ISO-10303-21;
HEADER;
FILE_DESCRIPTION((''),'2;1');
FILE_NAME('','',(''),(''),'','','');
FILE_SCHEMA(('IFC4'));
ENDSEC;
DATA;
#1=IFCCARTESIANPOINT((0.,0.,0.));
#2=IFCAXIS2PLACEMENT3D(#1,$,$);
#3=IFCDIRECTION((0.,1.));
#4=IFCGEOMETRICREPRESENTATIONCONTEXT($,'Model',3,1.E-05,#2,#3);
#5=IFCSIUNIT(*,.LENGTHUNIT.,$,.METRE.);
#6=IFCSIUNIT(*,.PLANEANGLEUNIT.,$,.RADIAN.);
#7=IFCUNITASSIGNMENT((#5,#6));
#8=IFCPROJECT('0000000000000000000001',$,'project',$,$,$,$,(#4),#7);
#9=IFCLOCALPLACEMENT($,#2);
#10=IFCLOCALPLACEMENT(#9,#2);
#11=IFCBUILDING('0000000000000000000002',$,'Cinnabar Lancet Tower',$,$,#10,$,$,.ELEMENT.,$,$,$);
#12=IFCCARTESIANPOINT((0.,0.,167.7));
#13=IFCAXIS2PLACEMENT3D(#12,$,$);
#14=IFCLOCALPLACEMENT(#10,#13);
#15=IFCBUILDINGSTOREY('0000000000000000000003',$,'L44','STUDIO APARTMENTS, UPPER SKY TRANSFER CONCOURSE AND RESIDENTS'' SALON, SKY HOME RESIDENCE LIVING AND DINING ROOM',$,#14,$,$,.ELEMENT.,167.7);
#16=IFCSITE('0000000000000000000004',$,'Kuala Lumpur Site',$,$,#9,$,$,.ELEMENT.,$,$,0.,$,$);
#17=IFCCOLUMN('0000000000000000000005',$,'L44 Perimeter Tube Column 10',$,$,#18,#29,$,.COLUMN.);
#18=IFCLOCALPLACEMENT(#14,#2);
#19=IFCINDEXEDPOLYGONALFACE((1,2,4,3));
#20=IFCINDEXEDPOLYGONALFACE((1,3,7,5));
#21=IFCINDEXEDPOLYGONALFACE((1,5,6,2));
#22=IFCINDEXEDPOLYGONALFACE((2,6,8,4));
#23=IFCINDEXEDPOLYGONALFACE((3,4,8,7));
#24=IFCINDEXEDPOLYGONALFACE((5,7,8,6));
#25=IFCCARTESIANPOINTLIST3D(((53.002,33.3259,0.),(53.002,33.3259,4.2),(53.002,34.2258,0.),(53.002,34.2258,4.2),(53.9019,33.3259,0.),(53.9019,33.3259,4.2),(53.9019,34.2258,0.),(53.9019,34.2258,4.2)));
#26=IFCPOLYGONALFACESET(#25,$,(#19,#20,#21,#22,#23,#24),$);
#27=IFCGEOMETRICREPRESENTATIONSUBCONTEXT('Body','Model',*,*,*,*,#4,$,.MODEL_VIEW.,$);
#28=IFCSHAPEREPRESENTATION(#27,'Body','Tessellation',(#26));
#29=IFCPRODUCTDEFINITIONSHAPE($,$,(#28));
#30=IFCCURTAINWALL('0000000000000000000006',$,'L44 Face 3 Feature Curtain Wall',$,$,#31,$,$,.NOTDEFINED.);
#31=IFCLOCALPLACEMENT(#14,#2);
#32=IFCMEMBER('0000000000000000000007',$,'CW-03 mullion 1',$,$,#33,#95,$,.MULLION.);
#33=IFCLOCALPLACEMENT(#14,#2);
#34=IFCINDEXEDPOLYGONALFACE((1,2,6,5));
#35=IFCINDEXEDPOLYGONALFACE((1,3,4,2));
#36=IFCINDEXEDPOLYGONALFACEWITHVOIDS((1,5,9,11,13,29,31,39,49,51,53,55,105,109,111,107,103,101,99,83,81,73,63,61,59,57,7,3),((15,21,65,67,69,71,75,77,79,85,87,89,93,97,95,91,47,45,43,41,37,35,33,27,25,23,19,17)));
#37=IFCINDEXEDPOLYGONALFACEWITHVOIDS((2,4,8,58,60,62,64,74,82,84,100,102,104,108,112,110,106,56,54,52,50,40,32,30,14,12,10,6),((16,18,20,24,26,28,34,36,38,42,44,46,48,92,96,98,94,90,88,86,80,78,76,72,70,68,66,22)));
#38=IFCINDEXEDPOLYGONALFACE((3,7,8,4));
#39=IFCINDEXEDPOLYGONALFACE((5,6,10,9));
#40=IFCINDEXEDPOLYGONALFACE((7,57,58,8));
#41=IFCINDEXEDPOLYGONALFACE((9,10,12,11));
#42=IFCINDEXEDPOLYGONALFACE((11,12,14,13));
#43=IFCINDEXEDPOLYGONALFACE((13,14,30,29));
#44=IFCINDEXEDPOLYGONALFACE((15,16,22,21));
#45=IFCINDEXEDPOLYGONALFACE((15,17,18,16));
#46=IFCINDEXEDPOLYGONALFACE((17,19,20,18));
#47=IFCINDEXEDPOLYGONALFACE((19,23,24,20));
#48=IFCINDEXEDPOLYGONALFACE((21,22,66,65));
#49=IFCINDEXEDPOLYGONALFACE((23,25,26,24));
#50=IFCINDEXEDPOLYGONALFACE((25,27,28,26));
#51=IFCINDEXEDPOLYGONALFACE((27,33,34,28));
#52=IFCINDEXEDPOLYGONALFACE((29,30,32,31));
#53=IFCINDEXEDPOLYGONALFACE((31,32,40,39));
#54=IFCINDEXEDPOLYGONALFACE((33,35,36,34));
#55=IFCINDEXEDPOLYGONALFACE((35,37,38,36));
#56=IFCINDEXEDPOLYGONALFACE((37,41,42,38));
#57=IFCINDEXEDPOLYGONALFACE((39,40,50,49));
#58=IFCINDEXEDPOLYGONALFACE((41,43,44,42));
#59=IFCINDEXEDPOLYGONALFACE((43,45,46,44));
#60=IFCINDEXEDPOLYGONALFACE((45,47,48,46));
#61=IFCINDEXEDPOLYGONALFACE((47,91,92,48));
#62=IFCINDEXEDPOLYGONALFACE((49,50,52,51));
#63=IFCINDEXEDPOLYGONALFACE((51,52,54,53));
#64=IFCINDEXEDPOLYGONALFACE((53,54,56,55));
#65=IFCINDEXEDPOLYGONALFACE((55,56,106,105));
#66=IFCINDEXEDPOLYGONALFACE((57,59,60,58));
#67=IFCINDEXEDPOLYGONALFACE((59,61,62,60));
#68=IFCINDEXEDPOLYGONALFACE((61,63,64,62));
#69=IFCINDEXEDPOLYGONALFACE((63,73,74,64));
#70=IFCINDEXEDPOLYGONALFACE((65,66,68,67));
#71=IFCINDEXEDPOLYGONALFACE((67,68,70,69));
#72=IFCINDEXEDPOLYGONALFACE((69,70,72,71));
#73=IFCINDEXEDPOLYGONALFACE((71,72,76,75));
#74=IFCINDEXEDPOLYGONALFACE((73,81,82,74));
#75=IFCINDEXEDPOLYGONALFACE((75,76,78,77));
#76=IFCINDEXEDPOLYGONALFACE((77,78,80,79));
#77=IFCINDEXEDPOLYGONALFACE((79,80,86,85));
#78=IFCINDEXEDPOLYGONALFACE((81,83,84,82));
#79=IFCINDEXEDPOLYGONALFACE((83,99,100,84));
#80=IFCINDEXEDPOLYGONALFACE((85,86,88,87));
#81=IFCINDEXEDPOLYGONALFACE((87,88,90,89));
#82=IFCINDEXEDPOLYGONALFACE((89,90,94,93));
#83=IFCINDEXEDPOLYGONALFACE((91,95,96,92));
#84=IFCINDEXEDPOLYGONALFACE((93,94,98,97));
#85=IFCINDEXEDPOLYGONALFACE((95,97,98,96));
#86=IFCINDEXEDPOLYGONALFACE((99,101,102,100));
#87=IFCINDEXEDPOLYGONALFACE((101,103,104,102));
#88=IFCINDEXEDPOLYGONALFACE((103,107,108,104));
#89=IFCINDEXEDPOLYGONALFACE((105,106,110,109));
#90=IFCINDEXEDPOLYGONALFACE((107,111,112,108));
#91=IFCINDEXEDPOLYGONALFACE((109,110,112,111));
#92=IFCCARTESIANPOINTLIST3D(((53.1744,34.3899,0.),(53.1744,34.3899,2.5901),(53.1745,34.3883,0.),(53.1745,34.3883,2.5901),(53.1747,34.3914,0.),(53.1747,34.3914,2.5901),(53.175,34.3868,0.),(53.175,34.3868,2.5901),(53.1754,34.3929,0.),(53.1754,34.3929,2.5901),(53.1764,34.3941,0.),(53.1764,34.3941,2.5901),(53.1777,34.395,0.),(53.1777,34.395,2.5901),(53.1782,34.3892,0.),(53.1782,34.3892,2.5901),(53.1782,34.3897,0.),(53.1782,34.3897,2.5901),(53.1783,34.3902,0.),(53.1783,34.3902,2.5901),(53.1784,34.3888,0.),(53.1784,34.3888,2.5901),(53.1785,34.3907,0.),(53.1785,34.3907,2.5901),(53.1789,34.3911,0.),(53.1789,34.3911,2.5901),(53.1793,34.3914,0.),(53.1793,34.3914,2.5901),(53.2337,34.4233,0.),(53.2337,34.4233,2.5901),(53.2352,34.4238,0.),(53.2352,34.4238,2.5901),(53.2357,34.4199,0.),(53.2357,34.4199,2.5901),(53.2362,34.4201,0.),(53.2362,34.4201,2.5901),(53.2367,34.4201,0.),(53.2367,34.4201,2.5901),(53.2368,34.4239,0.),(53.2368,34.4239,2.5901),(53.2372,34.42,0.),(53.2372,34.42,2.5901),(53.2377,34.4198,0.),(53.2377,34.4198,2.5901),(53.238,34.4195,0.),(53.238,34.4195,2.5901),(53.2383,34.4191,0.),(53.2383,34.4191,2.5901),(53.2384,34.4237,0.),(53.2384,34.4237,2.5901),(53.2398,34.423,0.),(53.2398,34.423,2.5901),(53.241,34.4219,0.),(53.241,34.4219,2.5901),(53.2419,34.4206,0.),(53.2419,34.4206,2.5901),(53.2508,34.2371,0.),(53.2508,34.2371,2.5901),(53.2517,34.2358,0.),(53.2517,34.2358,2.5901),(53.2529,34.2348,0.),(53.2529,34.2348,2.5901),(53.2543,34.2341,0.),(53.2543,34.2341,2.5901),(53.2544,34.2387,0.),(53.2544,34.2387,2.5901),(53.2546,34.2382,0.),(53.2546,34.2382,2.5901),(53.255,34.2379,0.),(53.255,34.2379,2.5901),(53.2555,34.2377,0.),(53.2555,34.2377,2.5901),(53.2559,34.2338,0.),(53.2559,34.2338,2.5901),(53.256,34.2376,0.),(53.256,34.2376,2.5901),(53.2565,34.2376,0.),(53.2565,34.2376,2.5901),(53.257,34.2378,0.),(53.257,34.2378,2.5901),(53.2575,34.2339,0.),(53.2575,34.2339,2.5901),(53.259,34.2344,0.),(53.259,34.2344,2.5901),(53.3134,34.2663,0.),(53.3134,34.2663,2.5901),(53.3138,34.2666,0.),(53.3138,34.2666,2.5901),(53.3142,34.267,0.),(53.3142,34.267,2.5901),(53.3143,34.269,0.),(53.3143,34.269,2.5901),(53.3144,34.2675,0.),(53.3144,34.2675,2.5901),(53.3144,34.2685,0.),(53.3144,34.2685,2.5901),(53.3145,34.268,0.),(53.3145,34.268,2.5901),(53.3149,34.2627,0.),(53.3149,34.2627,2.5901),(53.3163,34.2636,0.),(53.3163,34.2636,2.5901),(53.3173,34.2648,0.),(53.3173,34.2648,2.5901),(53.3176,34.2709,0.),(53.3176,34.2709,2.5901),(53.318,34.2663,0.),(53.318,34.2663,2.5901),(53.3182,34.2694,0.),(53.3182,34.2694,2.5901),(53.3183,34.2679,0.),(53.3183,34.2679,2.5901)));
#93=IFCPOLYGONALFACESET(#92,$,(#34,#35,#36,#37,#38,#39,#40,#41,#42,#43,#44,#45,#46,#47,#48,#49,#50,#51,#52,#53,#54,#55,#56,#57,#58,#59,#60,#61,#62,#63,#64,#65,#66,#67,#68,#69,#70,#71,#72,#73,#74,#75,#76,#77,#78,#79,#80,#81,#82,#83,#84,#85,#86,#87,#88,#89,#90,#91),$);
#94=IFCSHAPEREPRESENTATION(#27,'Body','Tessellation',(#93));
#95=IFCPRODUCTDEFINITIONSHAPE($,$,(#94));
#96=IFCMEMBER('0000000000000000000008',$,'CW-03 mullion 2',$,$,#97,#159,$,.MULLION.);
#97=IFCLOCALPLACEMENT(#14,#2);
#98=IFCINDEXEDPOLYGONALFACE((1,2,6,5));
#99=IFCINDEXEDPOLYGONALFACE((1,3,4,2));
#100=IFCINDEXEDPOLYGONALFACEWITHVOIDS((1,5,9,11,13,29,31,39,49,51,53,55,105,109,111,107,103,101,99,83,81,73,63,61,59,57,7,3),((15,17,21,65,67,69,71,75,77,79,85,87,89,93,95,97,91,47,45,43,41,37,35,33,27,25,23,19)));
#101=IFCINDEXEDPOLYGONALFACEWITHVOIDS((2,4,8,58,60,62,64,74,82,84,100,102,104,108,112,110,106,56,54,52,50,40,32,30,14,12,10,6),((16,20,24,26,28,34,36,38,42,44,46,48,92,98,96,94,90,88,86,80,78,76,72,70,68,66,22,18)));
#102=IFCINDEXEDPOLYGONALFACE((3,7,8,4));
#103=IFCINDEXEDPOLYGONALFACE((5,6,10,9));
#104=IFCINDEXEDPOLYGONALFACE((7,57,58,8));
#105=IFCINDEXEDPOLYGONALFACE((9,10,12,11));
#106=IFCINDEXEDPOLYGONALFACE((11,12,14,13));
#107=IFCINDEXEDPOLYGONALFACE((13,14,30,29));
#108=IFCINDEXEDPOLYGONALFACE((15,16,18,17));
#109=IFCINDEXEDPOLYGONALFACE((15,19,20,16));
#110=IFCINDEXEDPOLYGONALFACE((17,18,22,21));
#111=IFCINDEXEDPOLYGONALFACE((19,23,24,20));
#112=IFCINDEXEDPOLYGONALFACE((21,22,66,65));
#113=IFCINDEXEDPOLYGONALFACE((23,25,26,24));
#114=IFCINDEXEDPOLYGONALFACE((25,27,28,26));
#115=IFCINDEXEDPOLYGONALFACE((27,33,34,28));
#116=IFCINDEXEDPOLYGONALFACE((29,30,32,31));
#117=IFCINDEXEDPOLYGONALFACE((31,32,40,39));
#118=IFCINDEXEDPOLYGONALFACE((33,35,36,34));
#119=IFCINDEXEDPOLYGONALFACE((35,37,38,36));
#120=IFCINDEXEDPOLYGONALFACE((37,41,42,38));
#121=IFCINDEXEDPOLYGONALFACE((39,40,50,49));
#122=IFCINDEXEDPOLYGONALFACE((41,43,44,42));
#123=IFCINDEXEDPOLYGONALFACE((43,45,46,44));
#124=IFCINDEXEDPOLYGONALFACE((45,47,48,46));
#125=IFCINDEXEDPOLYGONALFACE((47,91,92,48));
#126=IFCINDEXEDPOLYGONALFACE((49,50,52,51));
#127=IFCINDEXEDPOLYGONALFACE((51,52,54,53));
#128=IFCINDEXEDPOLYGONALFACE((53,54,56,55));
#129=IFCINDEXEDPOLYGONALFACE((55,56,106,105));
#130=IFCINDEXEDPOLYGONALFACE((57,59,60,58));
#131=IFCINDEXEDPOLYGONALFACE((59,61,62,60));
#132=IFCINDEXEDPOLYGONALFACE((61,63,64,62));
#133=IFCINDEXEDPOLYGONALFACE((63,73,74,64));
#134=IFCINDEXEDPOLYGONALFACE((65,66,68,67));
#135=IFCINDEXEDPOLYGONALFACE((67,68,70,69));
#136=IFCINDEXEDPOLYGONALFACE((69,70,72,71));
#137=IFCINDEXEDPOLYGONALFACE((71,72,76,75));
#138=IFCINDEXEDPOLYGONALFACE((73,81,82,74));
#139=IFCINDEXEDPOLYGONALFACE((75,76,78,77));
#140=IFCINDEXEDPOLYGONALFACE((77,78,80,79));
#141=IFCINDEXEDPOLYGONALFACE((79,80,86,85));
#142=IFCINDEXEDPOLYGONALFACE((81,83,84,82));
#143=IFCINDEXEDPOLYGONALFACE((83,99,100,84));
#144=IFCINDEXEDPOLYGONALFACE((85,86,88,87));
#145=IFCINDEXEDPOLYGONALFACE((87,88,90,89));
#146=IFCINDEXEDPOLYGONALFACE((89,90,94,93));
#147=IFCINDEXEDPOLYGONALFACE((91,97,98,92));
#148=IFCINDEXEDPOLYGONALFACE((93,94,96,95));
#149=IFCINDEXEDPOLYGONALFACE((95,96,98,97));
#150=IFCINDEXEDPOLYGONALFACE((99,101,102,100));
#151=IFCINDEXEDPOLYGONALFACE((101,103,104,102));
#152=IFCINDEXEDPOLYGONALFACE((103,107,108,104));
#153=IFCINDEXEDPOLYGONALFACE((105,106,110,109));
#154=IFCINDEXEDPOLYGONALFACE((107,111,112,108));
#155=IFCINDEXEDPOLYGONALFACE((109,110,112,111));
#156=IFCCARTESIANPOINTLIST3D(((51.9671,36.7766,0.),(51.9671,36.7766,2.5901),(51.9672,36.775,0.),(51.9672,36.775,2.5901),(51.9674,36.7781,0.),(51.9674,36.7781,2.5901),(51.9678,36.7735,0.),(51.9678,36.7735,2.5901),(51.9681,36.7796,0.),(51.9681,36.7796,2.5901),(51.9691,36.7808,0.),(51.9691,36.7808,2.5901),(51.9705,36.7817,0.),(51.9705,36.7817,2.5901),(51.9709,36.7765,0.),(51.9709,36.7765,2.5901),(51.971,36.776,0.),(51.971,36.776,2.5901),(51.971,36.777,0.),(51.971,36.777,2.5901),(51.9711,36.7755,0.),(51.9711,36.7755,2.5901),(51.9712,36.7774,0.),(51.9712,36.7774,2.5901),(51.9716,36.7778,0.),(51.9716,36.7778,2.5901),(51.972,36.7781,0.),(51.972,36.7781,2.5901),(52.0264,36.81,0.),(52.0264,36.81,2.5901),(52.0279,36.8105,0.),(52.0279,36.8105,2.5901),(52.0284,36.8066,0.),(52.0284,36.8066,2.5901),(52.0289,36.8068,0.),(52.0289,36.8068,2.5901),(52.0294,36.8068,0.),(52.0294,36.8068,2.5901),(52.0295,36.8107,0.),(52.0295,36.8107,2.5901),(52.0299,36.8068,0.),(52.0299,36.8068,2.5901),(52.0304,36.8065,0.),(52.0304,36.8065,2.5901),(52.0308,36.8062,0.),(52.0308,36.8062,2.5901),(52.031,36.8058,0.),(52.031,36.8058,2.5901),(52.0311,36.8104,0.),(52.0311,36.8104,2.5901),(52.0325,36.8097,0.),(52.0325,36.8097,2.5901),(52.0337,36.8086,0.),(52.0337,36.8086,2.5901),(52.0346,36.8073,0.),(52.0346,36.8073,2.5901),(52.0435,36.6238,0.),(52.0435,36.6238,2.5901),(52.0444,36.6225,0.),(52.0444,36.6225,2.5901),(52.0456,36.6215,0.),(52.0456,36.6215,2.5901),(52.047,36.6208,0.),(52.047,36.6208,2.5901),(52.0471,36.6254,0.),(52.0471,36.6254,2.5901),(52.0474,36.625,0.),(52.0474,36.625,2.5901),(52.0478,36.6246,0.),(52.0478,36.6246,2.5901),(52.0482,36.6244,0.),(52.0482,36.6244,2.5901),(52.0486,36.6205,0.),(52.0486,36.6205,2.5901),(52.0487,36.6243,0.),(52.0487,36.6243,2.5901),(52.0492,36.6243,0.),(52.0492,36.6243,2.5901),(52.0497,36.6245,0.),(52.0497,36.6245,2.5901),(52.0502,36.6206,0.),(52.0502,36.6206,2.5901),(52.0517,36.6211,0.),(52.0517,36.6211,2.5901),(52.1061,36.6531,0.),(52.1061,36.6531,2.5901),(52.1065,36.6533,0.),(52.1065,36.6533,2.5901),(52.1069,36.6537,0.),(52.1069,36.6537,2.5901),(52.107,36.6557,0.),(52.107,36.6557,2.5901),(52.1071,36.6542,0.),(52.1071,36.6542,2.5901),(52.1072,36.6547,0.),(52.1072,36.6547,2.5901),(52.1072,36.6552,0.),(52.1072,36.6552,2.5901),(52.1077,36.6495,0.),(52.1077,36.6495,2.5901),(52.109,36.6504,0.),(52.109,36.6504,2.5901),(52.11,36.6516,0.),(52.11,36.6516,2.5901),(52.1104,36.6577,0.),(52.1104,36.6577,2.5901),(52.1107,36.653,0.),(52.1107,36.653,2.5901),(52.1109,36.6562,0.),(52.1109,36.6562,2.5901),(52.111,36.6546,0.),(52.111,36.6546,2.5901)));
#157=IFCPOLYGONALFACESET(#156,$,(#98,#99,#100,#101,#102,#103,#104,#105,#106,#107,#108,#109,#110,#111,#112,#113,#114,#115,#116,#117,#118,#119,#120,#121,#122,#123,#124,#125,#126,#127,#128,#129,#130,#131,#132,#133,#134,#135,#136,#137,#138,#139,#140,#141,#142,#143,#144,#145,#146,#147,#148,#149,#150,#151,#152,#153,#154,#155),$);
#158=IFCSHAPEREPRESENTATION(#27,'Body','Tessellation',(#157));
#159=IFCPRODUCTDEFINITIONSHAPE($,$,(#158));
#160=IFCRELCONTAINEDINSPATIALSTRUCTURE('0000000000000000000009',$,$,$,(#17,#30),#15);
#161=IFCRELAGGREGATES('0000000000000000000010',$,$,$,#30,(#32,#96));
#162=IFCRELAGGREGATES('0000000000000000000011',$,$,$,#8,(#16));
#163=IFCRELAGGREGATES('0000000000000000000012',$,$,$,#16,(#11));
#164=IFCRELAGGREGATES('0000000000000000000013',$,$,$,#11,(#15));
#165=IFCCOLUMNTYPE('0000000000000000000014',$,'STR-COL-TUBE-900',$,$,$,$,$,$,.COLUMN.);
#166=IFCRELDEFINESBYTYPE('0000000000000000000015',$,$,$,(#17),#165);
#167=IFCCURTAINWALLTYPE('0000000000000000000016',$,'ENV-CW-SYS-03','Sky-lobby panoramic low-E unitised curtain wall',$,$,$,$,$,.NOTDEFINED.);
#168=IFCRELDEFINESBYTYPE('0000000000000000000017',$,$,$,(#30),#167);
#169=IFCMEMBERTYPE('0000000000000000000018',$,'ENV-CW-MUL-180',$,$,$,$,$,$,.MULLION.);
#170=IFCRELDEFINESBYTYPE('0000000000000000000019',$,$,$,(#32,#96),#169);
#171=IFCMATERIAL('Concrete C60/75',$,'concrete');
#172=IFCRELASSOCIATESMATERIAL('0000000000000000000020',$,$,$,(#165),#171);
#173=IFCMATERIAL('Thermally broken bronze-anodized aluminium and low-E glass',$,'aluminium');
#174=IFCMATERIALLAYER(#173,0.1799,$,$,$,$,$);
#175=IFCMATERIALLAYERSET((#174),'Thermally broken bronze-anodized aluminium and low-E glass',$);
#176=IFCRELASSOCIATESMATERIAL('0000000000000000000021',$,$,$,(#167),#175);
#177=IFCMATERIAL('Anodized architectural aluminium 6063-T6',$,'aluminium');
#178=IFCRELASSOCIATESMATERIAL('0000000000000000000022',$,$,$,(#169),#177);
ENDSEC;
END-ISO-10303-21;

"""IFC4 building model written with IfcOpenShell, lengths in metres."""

from ifc_helpers import new_model, si_unit, direction, frame, origin, origin_2d, place, context, subcontext, project, spatial, rectangle, hollow_rectangle, extrude, material, layer, layer_set, material_profile, profile_set, type_object, element, aggregate, save


model = new_model("IFC4")

# Units and contexts
model_context = context("Model", 3, precision=1e-05, world=origin(), true_north=direction((0.0, 1.0)))
body_context = subcontext(model_context, "Body", "Model", "MODEL_VIEW")
ifc_project = project(units=[si_unit("LENGTHUNIT", "METRE"), si_unit("PLANEANGLEUNIT", "RADIAN")], contexts=[model_context])

# Site, building, storey
site_placement = place(None, origin())
site = spatial("IfcSite", under=ifc_project, at=site_placement, Name="Kuala Lumpur Site", CompositionType="ELEMENT", RefElevation=0.0)
building_placement = place(site_placement, origin())
building = spatial("IfcBuilding", under=site, at=building_placement, Name="Cinnabar Lancet Tower", CompositionType="ELEMENT")
storey_placement = place(building_placement, frame((0.0, 0.0, 167.7)))
storey = spatial("IfcBuildingStorey", under=building, at=storey_placement, Name="L44", Description="STUDIO APARTMENTS, UPPER SKY TRANSFER CONCOURSE AND RESIDENTS' SALON, SKY HOME RESIDENCE LIVING AND DINING ROOM", CompositionType="ELEMENT", Elevation=167.7)

# Column
ifc_material_1 = material(Name="Concrete C60/75", Category="concrete")
ifc_material_profile_1 = material_profile(ifc_material_1, rectangle(XDim=0.8999, YDim=0.8999, at=origin_2d()), Name="RC-COL 900x900")
ifc_profile_set_1 = profile_set([ifc_material_profile_1], Name="Concrete C60/75")
column_type = type_object("IfcColumnType", Name="STR-COL-TUBE-900", PredefinedType="COLUMN", material=ifc_profile_set_1)
column_placement = place(storey_placement, frame((53.4519, 33.7759, 0.0), z_axis=(0.0, 0.0, 1.0), x_axis=(1.0, 0.0, 0.0)))
element("IfcColumn", 1, at=column_placement, inside=storey, type_object=column_type, Name="L44 Perimeter Tube Column 10", PredefinedType="COLUMN", context=body_context, shape_type="SweptSolid", body=[
    extrude(rectangle(XDim=0.8999, YDim=0.8999, at=origin_2d()), origin(), (0.0, 0.0, 1.0), 4.2),
])

# Curtain wall, members
ifc_material_2 = material(Name="Thermally broken bronze-anodized aluminium and low-E glass", Category="aluminium")
ifc_layer_1 = layer(ifc_material_2, 0.1799)
ifc_layer_set_1 = layer_set([ifc_layer_1], Name="Thermally broken bronze-anodized aluminium and low-E glass")
curtain_wall_type = type_object("IfcCurtainWallType", Name="ENV-CW-SYS-03", Description="Sky-lobby panoramic low-E unitised curtain wall", PredefinedType="NOTDEFINED", material=ifc_layer_set_1)
curtain_wall_placement = place(storey_placement, origin())
curtain_wall = element("IfcCurtainWall", 2, at=curtain_wall_placement, inside=storey, type_object=curtain_wall_type, Name="L44 Face 3 Feature Curtain Wall", PredefinedType="NOTDEFINED")
ifc_material_3 = material(Name="Anodized architectural aluminium 6063-T6", Category="aluminium")
ifc_material_profile_2 = material_profile(ifc_material_3, hollow_rectangle(XDim=0.075, YDim=0.1799, WallThickness=0.0039, InnerFilletRadius=0.002, OuterFilletRadius=0.0061, at=origin_2d()), Name="CW-MUL 180x75x4")
ifc_profile_set_2 = profile_set([ifc_material_profile_2], Name="Anodized architectural aluminium 6063-T6")
member_type_1 = type_object("IfcMemberType", Name="ENV-CW-MUL-180", PredefinedType="MULLION", material=ifc_profile_set_2)
member_1_placement = place(storey_placement, frame((53.2463, 34.3289, 0.0), z_axis=(0.0, 0.0, 1.0), x_axis=(-0.89231, -0.451423, 0.0)))
member_1 = element("IfcMember", 3, at=member_1_placement, type_object=member_type_1, Name="CW-03 mullion 1", PredefinedType="MULLION", context=body_context, shape_type="SweptSolid", body=[
    extrude(hollow_rectangle(XDim=0.075, YDim=0.1799, WallThickness=0.0039, InnerFilletRadius=0.002, OuterFilletRadius=0.0061, at=origin_2d()), origin(), (0.0, 0.0, 1.0), 2.5901),
])
member_2_placement = place(storey_placement, frame((52.0391, 36.7156, 0.0), z_axis=(0.0, 0.0, 1.0), x_axis=(-0.89231, -0.451423, 0.0)))
member_2 = element("IfcMember", 4, at=member_2_placement, type_object=member_type_1, Name="CW-03 mullion 2", PredefinedType="MULLION", context=body_context, shape_type="SweptSolid", body=[
    extrude(hollow_rectangle(XDim=0.075, YDim=0.1799, WallThickness=0.0039, InnerFilletRadius=0.002, OuterFilletRadius=0.0061, at=origin_2d()), origin(), (0.0, 0.0, 1.0), 2.5901),
])

aggregate(curtain_wall, [member_1, member_2])

save(model, "model.ifc")
